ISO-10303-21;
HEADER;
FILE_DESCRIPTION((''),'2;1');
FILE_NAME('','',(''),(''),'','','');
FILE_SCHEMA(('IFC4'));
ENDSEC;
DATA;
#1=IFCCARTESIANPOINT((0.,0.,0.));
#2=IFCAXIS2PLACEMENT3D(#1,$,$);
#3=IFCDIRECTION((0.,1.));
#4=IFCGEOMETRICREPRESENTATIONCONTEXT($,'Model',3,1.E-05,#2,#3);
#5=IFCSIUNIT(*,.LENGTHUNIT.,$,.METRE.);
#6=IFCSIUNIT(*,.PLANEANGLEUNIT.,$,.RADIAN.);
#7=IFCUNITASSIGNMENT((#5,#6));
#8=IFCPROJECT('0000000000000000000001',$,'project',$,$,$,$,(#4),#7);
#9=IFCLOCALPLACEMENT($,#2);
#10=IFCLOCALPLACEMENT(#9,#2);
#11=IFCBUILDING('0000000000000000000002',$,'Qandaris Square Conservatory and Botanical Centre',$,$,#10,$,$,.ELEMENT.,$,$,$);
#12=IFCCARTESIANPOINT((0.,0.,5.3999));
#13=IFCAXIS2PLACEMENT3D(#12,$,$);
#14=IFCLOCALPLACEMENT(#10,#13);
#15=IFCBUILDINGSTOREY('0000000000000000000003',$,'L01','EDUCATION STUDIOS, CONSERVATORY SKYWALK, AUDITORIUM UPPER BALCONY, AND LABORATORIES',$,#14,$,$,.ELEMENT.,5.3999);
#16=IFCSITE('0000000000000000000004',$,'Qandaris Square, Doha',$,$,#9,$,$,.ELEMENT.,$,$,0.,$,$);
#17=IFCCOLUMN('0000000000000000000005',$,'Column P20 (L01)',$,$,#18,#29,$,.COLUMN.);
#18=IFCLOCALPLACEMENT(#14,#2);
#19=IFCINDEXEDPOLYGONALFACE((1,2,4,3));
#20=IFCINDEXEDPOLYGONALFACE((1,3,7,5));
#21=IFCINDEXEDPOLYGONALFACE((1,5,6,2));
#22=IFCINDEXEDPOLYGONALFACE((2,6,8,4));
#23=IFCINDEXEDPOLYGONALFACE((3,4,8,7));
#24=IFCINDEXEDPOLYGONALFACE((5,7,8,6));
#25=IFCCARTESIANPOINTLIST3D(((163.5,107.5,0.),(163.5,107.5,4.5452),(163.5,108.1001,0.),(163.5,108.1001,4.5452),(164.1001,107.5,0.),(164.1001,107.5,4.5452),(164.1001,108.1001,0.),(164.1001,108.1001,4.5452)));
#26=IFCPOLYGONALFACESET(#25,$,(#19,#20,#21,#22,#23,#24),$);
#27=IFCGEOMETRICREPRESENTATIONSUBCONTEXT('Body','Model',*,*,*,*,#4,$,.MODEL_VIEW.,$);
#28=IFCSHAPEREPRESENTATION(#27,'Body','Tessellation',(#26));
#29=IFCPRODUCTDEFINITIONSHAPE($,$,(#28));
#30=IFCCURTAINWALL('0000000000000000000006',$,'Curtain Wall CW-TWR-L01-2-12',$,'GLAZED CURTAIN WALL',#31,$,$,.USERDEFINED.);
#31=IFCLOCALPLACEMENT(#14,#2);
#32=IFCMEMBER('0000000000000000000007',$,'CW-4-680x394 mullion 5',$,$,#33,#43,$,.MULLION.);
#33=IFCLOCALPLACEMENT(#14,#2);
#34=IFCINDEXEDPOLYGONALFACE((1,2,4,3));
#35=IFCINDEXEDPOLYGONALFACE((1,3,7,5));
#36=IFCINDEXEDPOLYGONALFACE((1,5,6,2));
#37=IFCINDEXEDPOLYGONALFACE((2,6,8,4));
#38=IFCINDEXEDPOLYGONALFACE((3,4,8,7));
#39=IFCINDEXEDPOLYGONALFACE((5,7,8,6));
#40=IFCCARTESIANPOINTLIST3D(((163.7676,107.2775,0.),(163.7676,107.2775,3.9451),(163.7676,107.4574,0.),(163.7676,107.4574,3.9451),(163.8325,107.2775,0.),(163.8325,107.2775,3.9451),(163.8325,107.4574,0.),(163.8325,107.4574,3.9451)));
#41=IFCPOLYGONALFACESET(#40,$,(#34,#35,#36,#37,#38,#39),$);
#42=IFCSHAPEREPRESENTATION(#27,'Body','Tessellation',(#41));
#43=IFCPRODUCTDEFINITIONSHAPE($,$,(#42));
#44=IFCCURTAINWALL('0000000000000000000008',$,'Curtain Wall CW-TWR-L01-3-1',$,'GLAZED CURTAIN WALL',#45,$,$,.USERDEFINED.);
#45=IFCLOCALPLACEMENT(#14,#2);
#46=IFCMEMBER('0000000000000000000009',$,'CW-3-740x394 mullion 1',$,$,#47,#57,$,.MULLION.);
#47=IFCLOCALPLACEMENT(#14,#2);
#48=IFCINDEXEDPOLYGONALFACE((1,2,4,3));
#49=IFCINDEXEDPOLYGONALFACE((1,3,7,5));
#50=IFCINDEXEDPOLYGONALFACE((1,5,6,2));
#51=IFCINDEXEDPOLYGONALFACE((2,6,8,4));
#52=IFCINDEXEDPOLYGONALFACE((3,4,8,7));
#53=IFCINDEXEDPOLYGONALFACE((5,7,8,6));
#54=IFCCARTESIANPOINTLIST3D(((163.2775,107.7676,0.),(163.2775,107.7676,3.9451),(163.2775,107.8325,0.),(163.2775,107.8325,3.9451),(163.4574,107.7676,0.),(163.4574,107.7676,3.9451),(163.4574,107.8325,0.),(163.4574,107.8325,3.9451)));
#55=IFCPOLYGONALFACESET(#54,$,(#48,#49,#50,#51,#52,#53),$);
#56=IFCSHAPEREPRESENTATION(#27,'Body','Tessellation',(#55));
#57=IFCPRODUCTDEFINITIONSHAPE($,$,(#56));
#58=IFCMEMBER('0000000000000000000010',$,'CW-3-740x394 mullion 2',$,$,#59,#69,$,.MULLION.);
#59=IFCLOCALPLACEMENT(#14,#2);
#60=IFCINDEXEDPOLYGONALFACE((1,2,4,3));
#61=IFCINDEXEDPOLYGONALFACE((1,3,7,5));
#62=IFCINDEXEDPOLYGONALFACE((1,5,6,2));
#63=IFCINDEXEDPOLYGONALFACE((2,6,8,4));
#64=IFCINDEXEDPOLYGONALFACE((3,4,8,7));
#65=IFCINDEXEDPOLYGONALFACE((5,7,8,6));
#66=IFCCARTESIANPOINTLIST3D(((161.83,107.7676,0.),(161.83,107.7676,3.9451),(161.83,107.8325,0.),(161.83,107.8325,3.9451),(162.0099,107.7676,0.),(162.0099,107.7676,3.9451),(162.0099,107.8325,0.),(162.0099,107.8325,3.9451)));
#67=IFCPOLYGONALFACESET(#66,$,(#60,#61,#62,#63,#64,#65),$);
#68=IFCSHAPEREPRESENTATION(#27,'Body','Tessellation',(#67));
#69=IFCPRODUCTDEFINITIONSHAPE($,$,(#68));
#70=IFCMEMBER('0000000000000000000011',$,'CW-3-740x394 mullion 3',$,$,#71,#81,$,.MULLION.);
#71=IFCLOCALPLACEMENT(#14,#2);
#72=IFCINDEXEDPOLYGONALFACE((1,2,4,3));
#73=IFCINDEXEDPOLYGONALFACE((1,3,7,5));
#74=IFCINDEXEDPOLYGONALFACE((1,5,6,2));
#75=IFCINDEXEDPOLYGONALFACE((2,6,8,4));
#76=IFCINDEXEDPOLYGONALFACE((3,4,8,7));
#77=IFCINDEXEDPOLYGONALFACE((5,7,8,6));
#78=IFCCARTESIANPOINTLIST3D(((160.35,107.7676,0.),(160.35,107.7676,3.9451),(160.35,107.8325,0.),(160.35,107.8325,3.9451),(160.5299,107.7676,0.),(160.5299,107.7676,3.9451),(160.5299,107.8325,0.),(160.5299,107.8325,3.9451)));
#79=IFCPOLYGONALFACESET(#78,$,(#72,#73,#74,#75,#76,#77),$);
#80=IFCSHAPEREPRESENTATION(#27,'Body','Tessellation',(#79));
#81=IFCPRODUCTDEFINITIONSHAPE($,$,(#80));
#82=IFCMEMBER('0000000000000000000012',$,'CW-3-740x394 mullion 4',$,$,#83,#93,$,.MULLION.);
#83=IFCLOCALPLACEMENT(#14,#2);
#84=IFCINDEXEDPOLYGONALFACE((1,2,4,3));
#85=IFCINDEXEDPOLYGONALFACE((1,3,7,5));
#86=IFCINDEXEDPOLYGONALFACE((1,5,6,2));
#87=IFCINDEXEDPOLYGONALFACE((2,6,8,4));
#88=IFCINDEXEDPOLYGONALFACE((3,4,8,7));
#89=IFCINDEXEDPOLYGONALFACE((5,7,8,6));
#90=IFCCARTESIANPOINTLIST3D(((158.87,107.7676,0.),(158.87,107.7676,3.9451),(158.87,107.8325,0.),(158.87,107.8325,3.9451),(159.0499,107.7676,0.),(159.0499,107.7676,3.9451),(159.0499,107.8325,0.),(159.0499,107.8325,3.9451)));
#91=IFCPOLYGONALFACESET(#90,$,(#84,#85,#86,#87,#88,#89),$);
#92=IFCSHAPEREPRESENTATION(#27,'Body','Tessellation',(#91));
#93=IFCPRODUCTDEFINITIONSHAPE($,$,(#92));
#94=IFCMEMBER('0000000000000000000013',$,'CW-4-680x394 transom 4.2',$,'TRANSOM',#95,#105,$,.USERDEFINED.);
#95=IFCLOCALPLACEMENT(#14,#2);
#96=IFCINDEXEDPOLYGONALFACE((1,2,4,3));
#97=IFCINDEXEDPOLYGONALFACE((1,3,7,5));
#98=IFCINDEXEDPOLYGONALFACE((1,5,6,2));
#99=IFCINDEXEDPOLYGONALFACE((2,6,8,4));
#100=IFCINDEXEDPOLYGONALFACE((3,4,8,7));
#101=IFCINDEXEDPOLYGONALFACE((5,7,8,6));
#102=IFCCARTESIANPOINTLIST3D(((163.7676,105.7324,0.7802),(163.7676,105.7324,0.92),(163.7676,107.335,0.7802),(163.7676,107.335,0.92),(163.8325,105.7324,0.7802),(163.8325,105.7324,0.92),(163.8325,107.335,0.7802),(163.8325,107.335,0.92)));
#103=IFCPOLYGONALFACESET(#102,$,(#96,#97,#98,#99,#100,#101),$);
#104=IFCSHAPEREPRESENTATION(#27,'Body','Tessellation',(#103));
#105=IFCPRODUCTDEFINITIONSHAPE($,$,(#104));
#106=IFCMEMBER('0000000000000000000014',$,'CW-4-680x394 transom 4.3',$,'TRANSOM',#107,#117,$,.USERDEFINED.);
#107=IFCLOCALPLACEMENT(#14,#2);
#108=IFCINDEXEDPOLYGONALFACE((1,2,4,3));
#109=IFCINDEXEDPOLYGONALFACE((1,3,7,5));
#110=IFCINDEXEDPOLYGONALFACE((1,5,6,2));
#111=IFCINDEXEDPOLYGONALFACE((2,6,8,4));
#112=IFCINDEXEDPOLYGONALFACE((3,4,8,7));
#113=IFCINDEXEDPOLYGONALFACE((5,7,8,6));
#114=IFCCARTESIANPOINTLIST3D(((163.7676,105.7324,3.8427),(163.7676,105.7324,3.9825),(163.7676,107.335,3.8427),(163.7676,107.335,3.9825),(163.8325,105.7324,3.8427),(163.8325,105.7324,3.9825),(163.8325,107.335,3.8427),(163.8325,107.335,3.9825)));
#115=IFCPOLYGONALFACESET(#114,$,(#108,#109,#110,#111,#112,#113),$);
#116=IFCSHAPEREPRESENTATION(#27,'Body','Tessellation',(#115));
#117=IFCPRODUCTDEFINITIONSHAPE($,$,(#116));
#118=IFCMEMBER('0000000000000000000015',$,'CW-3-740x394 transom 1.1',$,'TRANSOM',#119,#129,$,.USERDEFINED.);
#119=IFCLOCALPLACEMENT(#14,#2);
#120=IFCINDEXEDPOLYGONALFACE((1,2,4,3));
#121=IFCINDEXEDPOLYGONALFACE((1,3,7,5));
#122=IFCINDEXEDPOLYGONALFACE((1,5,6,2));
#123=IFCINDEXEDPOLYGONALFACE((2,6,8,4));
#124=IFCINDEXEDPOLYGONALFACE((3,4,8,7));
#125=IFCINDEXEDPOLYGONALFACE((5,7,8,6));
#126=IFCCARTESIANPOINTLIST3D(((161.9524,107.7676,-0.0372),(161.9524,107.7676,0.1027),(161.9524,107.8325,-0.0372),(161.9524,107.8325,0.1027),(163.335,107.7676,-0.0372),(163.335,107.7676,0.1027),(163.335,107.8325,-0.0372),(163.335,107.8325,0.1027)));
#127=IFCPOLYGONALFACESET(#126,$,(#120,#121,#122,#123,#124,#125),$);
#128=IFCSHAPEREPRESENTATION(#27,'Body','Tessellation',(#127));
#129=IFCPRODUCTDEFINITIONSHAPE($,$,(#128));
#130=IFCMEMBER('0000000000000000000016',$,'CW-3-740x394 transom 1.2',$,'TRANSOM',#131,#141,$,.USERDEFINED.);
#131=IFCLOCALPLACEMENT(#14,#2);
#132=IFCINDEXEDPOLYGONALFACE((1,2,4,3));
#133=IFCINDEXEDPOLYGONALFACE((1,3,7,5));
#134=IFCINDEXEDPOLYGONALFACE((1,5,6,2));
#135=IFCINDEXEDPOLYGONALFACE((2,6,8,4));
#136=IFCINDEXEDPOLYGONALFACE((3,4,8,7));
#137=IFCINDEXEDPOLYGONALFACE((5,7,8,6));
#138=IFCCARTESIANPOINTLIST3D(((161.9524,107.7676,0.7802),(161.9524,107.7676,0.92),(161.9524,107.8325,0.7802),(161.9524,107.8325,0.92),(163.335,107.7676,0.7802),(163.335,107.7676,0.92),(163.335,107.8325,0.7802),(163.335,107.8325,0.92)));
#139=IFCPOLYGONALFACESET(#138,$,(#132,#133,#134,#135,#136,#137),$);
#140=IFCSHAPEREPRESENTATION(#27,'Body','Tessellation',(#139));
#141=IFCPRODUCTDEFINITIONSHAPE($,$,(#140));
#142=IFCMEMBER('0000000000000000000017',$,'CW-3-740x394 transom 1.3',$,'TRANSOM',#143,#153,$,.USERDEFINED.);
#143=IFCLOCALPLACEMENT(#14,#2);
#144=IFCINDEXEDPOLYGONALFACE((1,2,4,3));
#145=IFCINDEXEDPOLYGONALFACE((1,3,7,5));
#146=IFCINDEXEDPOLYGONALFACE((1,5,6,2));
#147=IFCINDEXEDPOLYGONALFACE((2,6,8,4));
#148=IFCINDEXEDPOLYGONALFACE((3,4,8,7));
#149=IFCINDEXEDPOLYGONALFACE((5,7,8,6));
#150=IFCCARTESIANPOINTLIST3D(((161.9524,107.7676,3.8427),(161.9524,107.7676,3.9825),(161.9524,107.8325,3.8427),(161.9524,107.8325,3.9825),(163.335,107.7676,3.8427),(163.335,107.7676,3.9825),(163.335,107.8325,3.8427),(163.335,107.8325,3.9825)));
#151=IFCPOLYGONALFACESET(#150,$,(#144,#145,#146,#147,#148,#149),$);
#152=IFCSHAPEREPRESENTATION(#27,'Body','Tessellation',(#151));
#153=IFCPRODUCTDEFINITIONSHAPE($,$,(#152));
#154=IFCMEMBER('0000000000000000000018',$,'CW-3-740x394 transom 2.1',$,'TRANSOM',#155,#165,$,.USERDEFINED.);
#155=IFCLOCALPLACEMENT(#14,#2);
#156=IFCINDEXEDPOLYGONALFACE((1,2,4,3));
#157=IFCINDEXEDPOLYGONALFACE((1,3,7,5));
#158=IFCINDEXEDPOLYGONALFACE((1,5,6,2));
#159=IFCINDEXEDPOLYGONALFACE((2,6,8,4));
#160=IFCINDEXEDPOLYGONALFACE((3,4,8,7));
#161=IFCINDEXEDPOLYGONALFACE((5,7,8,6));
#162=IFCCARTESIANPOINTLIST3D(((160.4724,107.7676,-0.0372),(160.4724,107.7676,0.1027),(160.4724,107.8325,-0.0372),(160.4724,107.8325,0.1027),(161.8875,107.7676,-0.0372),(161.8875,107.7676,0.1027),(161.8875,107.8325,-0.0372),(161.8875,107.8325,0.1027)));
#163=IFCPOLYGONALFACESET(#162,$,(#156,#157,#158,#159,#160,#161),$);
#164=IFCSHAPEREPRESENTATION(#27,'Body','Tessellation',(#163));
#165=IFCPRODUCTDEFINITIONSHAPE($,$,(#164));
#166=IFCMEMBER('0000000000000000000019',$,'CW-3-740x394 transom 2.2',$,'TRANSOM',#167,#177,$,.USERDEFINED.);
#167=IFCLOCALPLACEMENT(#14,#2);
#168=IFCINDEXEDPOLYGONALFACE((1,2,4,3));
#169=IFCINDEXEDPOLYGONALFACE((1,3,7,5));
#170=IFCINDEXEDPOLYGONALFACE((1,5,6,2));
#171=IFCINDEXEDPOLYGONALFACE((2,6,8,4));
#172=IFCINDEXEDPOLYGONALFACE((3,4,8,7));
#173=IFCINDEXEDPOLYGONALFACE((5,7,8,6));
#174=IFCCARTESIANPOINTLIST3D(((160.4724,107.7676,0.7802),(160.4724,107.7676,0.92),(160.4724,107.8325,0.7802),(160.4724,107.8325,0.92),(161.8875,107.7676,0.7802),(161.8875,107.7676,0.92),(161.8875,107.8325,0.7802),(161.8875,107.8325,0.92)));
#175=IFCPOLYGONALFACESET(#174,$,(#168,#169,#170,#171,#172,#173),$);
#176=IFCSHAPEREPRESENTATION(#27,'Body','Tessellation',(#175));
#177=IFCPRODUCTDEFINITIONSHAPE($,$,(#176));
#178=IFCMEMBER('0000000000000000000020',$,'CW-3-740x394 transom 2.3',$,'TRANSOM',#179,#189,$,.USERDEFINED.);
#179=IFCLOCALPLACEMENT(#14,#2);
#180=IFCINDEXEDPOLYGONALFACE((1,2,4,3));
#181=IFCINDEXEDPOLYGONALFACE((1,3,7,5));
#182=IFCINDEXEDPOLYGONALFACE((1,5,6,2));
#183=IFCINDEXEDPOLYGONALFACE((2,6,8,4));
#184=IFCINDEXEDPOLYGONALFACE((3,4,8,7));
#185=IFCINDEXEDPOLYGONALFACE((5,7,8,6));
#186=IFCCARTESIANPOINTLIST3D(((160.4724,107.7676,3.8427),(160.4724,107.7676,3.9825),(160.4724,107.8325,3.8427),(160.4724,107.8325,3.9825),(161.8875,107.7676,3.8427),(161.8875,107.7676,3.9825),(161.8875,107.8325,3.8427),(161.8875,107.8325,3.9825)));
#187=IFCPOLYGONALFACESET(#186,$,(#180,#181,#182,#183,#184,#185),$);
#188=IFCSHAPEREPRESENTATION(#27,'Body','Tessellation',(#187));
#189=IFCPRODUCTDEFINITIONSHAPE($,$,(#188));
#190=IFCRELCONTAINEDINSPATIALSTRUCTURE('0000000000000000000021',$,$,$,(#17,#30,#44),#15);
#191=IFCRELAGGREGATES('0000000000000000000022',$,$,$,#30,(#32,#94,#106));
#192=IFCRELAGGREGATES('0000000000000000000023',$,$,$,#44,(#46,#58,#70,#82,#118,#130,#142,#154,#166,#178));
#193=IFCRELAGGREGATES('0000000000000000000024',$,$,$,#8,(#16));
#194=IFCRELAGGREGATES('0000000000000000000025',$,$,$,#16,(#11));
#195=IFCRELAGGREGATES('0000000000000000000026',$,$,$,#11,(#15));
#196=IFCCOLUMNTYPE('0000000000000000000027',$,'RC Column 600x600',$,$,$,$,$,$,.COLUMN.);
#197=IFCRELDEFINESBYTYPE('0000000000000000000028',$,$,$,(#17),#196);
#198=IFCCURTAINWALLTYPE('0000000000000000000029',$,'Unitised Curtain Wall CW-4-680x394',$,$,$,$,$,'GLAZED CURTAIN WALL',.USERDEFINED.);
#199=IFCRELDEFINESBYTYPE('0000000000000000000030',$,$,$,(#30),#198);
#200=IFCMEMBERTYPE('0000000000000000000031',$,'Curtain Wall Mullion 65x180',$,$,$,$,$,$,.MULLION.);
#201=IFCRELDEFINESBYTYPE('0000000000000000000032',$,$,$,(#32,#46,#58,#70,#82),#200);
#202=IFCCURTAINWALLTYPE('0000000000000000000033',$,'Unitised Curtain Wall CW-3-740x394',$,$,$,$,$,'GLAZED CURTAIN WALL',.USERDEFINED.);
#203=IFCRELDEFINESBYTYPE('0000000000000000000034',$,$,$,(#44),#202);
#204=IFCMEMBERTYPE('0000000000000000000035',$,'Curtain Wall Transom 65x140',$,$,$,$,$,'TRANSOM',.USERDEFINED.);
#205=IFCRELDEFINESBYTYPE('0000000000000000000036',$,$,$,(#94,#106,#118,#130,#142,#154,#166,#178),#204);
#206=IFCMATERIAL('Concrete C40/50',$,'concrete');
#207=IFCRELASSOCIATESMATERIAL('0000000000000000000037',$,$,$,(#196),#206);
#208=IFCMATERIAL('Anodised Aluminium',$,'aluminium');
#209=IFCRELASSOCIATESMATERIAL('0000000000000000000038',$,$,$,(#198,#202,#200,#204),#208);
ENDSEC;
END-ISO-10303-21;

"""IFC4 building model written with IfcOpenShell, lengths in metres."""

from ifc_helpers import new_model, si_unit, direction, frame, origin, origin_2d, place, context, subcontext, project, spatial, rectangle, extrude, material, material_profile, profile_set, type_object, element, aggregate, save


model = new_model("IFC4")

# Units and contexts
model_context = context("Model", 3, precision=1e-05, world=origin(), true_north=direction((0.0, 1.0)))
body_context = subcontext(model_context, "Body", "Model", "MODEL_VIEW")
ifc_project = project(units=[si_unit("LENGTHUNIT", "METRE"), si_unit("PLANEANGLEUNIT", "RADIAN")], contexts=[model_context])

# Site, building, storey
site_placement = place(None, origin())
site = spatial("IfcSite", under=ifc_project, at=site_placement, Name="Qandaris Square, Doha", CompositionType="ELEMENT", RefElevation=0.0)
building_placement = place(site_placement, origin())
building = spatial("IfcBuilding", under=site, at=building_placement, Name="Qandaris Square Conservatory and Botanical Centre", CompositionType="ELEMENT")
storey_placement = place(building_placement, frame((0.0, 0.0, 5.3999)))
storey = spatial("IfcBuildingStorey", under=building, at=storey_placement, Name="L01", Description="EDUCATION STUDIOS, CONSERVATORY SKYWALK, AUDITORIUM UPPER BALCONY, AND LABORATORIES", CompositionType="ELEMENT", Elevation=5.3999)

# Column
ifc_material_1 = material(Name="Concrete C40/50", Category="concrete")
ifc_material_profile_1 = material_profile(ifc_material_1, rectangle(XDim=0.6001, YDim=0.6001, at=origin_2d()), Name="RC-COL 600x600")
ifc_profile_set_1 = profile_set([ifc_material_profile_1], Name="Concrete C40/50")
column_type = type_object("IfcColumnType", Name="RC Column 600x600", PredefinedType="COLUMN", material=ifc_profile_set_1)
column_placement = place(storey_placement, frame((163.8, 107.8, 0.0), z_axis=(0.0, 0.0, 1.0), x_axis=(1.0, 0.0, 0.0)))
element("IfcColumn", 1, at=column_placement, inside=storey, type_object=column_type, Name="Column P20 (L01)", PredefinedType="COLUMN", context=body_context, shape_type="SweptSolid", body=[
    extrude(rectangle(XDim=0.6001, YDim=0.6001, at=origin_2d()), origin(), (0.0, 0.0, 1.0), 4.5452),
])

# Curtain wall, member
ifc_material_2 = material(Name="Anodised Aluminium", Category="aluminium")
curtain_wall_type_1 = type_object("IfcCurtainWallType", Name="Unitised Curtain Wall CW-4-680x394", ElementType="GLAZED CURTAIN WALL", PredefinedType="USERDEFINED", material=ifc_material_2)
curtain_wall_1_placement = place(storey_placement, origin())
curtain_wall_1 = element("IfcCurtainWall", 2, at=curtain_wall_1_placement, inside=storey, type_object=curtain_wall_type_1, Name="Curtain Wall CW-TWR-L01-2-12", ObjectType="GLAZED CURTAIN WALL", PredefinedType="USERDEFINED")
ifc_material_profile_2 = material_profile(ifc_material_2, rectangle(XDim=0.0649, YDim=0.1799, at=origin_2d()), Name="ALU-MUL 65x180")
ifc_profile_set_2 = profile_set([ifc_material_profile_2], Name="Anodised Aluminium")
member_type_1 = type_object("IfcMemberType", Name="Curtain Wall Mullion 65x180", PredefinedType="MULLION", material=ifc_profile_set_2)
member_1_placement = place(storey_placement, frame((163.8, 107.3674, 0.0), z_axis=(0.0, 0.0, 1.0), x_axis=(-1.0, 0.0, 0.0)))
member_1 = element("IfcMember", 3, at=member_1_placement, type_object=member_type_1, Name="CW-4-680x394 mullion 5", PredefinedType="MULLION", context=body_context, shape_type="SweptSolid", body=[
    extrude(rectangle(XDim=0.0649, YDim=0.1799, at=origin_2d()), origin(), (0.0, 0.0, 1.0), 3.9451),
])

# Curtain wall, members
curtain_wall_type_2 = type_object("IfcCurtainWallType", Name="Unitised Curtain Wall CW-3-740x394", ElementType="GLAZED CURTAIN WALL", PredefinedType="USERDEFINED", material=ifc_material_2)
curtain_wall_2_placement = place(storey_placement, origin())
curtain_wall_2 = element("IfcCurtainWall", 4, at=curtain_wall_2_placement, inside=storey, type_object=curtain_wall_type_2, Name="Curtain Wall CW-TWR-L01-3-1", ObjectType="GLAZED CURTAIN WALL", PredefinedType="USERDEFINED")
member_2_placement = place(storey_placement, frame((163.3674, 107.8, 0.0), z_axis=(0.0, 0.0, 1.0), x_axis=(0.0, -1.0, 0.0)))
member_2 = element("IfcMember", 5, at=member_2_placement, type_object=member_type_1, Name="CW-3-740x394 mullion 1", PredefinedType="MULLION", context=body_context, shape_type="SweptSolid", body=[
    extrude(rectangle(XDim=0.0649, YDim=0.1799, at=origin_2d()), origin(), (0.0, 0.0, 1.0), 3.9451),
])
member_3_placement = place(storey_placement, frame((161.9199, 107.8, 0.0), z_axis=(0.0, 0.0, 1.0), x_axis=(0.0, -1.0, 0.0)))
member_3 = element("IfcMember", 6, at=member_3_placement, type_object=member_type_1, Name="CW-3-740x394 mullion 2", PredefinedType="MULLION", context=body_context, shape_type="SweptSolid", body=[
    extrude(rectangle(XDim=0.0649, YDim=0.1799, at=origin_2d()), origin(), (0.0, 0.0, 1.0), 3.9451),
])
member_4_placement = place(storey_placement, frame((160.4399, 107.8, 0.0), z_axis=(0.0, 0.0, 1.0), x_axis=(0.0, -1.0, 0.0)))
member_4 = element("IfcMember", 7, at=member_4_placement, type_object=member_type_1, Name="CW-3-740x394 mullion 3", PredefinedType="MULLION", context=body_context, shape_type="SweptSolid", body=[
    extrude(rectangle(XDim=0.0649, YDim=0.1799, at=origin_2d()), origin(), (0.0, 0.0, 1.0), 3.9451),
])
member_5_placement = place(storey_placement, frame((158.96, 107.8, 0.0), z_axis=(0.0, 0.0, 1.0), x_axis=(0.0, -1.0, 0.0)))
member_5 = element("IfcMember", 8, at=member_5_placement, type_object=member_type_1, Name="CW-3-740x394 mullion 4", PredefinedType="MULLION", context=body_context, shape_type="SweptSolid", body=[
    extrude(rectangle(XDim=0.0649, YDim=0.1799, at=origin_2d()), origin(), (0.0, 0.0, 1.0), 3.9451),
])

# Members
ifc_material_profile_3 = material_profile(ifc_material_2, rectangle(XDim=0.0649, YDim=0.1399, at=origin_2d()), Name="ALU-TRN 65x140")
ifc_profile_set_3 = profile_set([ifc_material_profile_3], Name="Anodised Aluminium")
member_type_2 = type_object("IfcMemberType", Name="Curtain Wall Transom 65x140", ElementType="TRANSOM", PredefinedType="USERDEFINED", material=ifc_profile_set_3)
member_6_placement = place(storey_placement, frame((163.8, 105.7324, 0.8501), z_axis=(0.0, 1.0, 0.0), x_axis=(-1.0, 0.0, 0.0)))
member_6 = element("IfcMember", 9, at=member_6_placement, type_object=member_type_2, Name="CW-4-680x394 transom 4.2", ObjectType="TRANSOM", PredefinedType="USERDEFINED", context=body_context, shape_type="SweptSolid", body=[
    extrude(rectangle(XDim=0.0649, YDim=0.1399, at=origin_2d()), origin(), (0.0, 0.0, 1.0), 1.6025),
])
member_7_placement = place(storey_placement, frame((163.8, 105.7324, 3.9126), z_axis=(0.0, 1.0, 0.0), x_axis=(-1.0, 0.0, 0.0)))
member_7 = element("IfcMember", 10, at=member_7_placement, type_object=member_type_2, Name="CW-4-680x394 transom 4.3", ObjectType="TRANSOM", PredefinedType="USERDEFINED", context=body_context, shape_type="SweptSolid", body=[
    extrude(rectangle(XDim=0.0649, YDim=0.1399, at=origin_2d()), origin(), (0.0, 0.0, 1.0), 1.6025),
])
member_8_placement = place(storey_placement, frame((163.335, 107.8, 0.0327), z_axis=(-1.0, 0.0, 0.0), x_axis=(0.0, -1.0, 0.0)))
member_8 = element("IfcMember", 11, at=member_8_placement, type_object=member_type_2, Name="CW-3-740x394 transom 1.1", ObjectType="TRANSOM", PredefinedType="USERDEFINED", context=body_context, shape_type="SweptSolid", body=[
    extrude(rectangle(XDim=0.0649, YDim=0.1399, at=origin_2d()), origin(), (0.0, 0.0, 1.0), 1.3826),
])
member_9_placement = place(storey_placement, frame((163.335, 107.8, 0.8501), z_axis=(-1.0, 0.0, 0.0), x_axis=(0.0, -1.0, 0.0)))
member_9 = element("IfcMember", 12, at=member_9_placement, type_object=member_type_2, Name="CW-3-740x394 transom 1.2", ObjectType="TRANSOM", PredefinedType="USERDEFINED", context=body_context, shape_type="SweptSolid", body=[
    extrude(rectangle(XDim=0.0649, YDim=0.1399, at=origin_2d()), origin(), (0.0, 0.0, 1.0), 1.3826),
])
member_10_placement = place(storey_placement, frame((163.335, 107.8, 3.9126), z_axis=(-1.0, 0.0, 0.0), x_axis=(0.0, -1.0, 0.0)))
member_10 = element("IfcMember", 13, at=member_10_placement, type_object=member_type_2, Name="CW-3-740x394 transom 1.3", ObjectType="TRANSOM", PredefinedType="USERDEFINED", context=body_context, shape_type="SweptSolid", body=[
    extrude(rectangle(XDim=0.0649, YDim=0.1399, at=origin_2d()), origin(), (0.0, 0.0, 1.0), 1.3826),
])
member_11_placement = place(storey_placement, frame((161.8875, 107.8, 0.0327), z_axis=(-1.0, 0.0, 0.0), x_axis=(0.0, -1.0, 0.0)))
member_11 = element("IfcMember", 14, at=member_11_placement, type_object=member_type_2, Name="CW-3-740x394 transom 2.1", ObjectType="TRANSOM", PredefinedType="USERDEFINED", context=body_context, shape_type="SweptSolid", body=[
    extrude(rectangle(XDim=0.0649, YDim=0.1399, at=origin_2d()), origin(), (0.0, 0.0, 1.0), 1.415),
])
member_12_placement = place(storey_placement, frame((161.8875, 107.8, 0.8501), z_axis=(-1.0, 0.0, 0.0), x_axis=(0.0, -1.0, 0.0)))
member_12 = element("IfcMember", 15, at=member_12_placement, type_object=member_type_2, Name="CW-3-740x394 transom 2.2", ObjectType="TRANSOM", PredefinedType="USERDEFINED", context=body_context, shape_type="SweptSolid", body=[
    extrude(rectangle(XDim=0.0649, YDim=0.1399, at=origin_2d()), origin(), (0.0, 0.0, 1.0), 1.415),
])
member_13_placement = place(storey_placement, frame((161.8875, 107.8, 3.9126), z_axis=(-1.0, 0.0, 0.0), x_axis=(0.0, -1.0, 0.0)))
member_13 = element("IfcMember", 16, at=member_13_placement, type_object=member_type_2, Name="CW-3-740x394 transom 2.3", ObjectType="TRANSOM", PredefinedType="USERDEFINED", context=body_context, shape_type="SweptSolid", body=[
    extrude(rectangle(XDim=0.0649, YDim=0.1399, at=origin_2d()), origin(), (0.0, 0.0, 1.0), 1.415),
])

aggregate(curtain_wall_1, [member_1, member_6, member_7])
aggregate(curtain_wall_2, [member_2, member_3, member_4, member_5, member_8, member_9, member_10, member_11, member_12, member_13])

save(model, "model.ifc")
